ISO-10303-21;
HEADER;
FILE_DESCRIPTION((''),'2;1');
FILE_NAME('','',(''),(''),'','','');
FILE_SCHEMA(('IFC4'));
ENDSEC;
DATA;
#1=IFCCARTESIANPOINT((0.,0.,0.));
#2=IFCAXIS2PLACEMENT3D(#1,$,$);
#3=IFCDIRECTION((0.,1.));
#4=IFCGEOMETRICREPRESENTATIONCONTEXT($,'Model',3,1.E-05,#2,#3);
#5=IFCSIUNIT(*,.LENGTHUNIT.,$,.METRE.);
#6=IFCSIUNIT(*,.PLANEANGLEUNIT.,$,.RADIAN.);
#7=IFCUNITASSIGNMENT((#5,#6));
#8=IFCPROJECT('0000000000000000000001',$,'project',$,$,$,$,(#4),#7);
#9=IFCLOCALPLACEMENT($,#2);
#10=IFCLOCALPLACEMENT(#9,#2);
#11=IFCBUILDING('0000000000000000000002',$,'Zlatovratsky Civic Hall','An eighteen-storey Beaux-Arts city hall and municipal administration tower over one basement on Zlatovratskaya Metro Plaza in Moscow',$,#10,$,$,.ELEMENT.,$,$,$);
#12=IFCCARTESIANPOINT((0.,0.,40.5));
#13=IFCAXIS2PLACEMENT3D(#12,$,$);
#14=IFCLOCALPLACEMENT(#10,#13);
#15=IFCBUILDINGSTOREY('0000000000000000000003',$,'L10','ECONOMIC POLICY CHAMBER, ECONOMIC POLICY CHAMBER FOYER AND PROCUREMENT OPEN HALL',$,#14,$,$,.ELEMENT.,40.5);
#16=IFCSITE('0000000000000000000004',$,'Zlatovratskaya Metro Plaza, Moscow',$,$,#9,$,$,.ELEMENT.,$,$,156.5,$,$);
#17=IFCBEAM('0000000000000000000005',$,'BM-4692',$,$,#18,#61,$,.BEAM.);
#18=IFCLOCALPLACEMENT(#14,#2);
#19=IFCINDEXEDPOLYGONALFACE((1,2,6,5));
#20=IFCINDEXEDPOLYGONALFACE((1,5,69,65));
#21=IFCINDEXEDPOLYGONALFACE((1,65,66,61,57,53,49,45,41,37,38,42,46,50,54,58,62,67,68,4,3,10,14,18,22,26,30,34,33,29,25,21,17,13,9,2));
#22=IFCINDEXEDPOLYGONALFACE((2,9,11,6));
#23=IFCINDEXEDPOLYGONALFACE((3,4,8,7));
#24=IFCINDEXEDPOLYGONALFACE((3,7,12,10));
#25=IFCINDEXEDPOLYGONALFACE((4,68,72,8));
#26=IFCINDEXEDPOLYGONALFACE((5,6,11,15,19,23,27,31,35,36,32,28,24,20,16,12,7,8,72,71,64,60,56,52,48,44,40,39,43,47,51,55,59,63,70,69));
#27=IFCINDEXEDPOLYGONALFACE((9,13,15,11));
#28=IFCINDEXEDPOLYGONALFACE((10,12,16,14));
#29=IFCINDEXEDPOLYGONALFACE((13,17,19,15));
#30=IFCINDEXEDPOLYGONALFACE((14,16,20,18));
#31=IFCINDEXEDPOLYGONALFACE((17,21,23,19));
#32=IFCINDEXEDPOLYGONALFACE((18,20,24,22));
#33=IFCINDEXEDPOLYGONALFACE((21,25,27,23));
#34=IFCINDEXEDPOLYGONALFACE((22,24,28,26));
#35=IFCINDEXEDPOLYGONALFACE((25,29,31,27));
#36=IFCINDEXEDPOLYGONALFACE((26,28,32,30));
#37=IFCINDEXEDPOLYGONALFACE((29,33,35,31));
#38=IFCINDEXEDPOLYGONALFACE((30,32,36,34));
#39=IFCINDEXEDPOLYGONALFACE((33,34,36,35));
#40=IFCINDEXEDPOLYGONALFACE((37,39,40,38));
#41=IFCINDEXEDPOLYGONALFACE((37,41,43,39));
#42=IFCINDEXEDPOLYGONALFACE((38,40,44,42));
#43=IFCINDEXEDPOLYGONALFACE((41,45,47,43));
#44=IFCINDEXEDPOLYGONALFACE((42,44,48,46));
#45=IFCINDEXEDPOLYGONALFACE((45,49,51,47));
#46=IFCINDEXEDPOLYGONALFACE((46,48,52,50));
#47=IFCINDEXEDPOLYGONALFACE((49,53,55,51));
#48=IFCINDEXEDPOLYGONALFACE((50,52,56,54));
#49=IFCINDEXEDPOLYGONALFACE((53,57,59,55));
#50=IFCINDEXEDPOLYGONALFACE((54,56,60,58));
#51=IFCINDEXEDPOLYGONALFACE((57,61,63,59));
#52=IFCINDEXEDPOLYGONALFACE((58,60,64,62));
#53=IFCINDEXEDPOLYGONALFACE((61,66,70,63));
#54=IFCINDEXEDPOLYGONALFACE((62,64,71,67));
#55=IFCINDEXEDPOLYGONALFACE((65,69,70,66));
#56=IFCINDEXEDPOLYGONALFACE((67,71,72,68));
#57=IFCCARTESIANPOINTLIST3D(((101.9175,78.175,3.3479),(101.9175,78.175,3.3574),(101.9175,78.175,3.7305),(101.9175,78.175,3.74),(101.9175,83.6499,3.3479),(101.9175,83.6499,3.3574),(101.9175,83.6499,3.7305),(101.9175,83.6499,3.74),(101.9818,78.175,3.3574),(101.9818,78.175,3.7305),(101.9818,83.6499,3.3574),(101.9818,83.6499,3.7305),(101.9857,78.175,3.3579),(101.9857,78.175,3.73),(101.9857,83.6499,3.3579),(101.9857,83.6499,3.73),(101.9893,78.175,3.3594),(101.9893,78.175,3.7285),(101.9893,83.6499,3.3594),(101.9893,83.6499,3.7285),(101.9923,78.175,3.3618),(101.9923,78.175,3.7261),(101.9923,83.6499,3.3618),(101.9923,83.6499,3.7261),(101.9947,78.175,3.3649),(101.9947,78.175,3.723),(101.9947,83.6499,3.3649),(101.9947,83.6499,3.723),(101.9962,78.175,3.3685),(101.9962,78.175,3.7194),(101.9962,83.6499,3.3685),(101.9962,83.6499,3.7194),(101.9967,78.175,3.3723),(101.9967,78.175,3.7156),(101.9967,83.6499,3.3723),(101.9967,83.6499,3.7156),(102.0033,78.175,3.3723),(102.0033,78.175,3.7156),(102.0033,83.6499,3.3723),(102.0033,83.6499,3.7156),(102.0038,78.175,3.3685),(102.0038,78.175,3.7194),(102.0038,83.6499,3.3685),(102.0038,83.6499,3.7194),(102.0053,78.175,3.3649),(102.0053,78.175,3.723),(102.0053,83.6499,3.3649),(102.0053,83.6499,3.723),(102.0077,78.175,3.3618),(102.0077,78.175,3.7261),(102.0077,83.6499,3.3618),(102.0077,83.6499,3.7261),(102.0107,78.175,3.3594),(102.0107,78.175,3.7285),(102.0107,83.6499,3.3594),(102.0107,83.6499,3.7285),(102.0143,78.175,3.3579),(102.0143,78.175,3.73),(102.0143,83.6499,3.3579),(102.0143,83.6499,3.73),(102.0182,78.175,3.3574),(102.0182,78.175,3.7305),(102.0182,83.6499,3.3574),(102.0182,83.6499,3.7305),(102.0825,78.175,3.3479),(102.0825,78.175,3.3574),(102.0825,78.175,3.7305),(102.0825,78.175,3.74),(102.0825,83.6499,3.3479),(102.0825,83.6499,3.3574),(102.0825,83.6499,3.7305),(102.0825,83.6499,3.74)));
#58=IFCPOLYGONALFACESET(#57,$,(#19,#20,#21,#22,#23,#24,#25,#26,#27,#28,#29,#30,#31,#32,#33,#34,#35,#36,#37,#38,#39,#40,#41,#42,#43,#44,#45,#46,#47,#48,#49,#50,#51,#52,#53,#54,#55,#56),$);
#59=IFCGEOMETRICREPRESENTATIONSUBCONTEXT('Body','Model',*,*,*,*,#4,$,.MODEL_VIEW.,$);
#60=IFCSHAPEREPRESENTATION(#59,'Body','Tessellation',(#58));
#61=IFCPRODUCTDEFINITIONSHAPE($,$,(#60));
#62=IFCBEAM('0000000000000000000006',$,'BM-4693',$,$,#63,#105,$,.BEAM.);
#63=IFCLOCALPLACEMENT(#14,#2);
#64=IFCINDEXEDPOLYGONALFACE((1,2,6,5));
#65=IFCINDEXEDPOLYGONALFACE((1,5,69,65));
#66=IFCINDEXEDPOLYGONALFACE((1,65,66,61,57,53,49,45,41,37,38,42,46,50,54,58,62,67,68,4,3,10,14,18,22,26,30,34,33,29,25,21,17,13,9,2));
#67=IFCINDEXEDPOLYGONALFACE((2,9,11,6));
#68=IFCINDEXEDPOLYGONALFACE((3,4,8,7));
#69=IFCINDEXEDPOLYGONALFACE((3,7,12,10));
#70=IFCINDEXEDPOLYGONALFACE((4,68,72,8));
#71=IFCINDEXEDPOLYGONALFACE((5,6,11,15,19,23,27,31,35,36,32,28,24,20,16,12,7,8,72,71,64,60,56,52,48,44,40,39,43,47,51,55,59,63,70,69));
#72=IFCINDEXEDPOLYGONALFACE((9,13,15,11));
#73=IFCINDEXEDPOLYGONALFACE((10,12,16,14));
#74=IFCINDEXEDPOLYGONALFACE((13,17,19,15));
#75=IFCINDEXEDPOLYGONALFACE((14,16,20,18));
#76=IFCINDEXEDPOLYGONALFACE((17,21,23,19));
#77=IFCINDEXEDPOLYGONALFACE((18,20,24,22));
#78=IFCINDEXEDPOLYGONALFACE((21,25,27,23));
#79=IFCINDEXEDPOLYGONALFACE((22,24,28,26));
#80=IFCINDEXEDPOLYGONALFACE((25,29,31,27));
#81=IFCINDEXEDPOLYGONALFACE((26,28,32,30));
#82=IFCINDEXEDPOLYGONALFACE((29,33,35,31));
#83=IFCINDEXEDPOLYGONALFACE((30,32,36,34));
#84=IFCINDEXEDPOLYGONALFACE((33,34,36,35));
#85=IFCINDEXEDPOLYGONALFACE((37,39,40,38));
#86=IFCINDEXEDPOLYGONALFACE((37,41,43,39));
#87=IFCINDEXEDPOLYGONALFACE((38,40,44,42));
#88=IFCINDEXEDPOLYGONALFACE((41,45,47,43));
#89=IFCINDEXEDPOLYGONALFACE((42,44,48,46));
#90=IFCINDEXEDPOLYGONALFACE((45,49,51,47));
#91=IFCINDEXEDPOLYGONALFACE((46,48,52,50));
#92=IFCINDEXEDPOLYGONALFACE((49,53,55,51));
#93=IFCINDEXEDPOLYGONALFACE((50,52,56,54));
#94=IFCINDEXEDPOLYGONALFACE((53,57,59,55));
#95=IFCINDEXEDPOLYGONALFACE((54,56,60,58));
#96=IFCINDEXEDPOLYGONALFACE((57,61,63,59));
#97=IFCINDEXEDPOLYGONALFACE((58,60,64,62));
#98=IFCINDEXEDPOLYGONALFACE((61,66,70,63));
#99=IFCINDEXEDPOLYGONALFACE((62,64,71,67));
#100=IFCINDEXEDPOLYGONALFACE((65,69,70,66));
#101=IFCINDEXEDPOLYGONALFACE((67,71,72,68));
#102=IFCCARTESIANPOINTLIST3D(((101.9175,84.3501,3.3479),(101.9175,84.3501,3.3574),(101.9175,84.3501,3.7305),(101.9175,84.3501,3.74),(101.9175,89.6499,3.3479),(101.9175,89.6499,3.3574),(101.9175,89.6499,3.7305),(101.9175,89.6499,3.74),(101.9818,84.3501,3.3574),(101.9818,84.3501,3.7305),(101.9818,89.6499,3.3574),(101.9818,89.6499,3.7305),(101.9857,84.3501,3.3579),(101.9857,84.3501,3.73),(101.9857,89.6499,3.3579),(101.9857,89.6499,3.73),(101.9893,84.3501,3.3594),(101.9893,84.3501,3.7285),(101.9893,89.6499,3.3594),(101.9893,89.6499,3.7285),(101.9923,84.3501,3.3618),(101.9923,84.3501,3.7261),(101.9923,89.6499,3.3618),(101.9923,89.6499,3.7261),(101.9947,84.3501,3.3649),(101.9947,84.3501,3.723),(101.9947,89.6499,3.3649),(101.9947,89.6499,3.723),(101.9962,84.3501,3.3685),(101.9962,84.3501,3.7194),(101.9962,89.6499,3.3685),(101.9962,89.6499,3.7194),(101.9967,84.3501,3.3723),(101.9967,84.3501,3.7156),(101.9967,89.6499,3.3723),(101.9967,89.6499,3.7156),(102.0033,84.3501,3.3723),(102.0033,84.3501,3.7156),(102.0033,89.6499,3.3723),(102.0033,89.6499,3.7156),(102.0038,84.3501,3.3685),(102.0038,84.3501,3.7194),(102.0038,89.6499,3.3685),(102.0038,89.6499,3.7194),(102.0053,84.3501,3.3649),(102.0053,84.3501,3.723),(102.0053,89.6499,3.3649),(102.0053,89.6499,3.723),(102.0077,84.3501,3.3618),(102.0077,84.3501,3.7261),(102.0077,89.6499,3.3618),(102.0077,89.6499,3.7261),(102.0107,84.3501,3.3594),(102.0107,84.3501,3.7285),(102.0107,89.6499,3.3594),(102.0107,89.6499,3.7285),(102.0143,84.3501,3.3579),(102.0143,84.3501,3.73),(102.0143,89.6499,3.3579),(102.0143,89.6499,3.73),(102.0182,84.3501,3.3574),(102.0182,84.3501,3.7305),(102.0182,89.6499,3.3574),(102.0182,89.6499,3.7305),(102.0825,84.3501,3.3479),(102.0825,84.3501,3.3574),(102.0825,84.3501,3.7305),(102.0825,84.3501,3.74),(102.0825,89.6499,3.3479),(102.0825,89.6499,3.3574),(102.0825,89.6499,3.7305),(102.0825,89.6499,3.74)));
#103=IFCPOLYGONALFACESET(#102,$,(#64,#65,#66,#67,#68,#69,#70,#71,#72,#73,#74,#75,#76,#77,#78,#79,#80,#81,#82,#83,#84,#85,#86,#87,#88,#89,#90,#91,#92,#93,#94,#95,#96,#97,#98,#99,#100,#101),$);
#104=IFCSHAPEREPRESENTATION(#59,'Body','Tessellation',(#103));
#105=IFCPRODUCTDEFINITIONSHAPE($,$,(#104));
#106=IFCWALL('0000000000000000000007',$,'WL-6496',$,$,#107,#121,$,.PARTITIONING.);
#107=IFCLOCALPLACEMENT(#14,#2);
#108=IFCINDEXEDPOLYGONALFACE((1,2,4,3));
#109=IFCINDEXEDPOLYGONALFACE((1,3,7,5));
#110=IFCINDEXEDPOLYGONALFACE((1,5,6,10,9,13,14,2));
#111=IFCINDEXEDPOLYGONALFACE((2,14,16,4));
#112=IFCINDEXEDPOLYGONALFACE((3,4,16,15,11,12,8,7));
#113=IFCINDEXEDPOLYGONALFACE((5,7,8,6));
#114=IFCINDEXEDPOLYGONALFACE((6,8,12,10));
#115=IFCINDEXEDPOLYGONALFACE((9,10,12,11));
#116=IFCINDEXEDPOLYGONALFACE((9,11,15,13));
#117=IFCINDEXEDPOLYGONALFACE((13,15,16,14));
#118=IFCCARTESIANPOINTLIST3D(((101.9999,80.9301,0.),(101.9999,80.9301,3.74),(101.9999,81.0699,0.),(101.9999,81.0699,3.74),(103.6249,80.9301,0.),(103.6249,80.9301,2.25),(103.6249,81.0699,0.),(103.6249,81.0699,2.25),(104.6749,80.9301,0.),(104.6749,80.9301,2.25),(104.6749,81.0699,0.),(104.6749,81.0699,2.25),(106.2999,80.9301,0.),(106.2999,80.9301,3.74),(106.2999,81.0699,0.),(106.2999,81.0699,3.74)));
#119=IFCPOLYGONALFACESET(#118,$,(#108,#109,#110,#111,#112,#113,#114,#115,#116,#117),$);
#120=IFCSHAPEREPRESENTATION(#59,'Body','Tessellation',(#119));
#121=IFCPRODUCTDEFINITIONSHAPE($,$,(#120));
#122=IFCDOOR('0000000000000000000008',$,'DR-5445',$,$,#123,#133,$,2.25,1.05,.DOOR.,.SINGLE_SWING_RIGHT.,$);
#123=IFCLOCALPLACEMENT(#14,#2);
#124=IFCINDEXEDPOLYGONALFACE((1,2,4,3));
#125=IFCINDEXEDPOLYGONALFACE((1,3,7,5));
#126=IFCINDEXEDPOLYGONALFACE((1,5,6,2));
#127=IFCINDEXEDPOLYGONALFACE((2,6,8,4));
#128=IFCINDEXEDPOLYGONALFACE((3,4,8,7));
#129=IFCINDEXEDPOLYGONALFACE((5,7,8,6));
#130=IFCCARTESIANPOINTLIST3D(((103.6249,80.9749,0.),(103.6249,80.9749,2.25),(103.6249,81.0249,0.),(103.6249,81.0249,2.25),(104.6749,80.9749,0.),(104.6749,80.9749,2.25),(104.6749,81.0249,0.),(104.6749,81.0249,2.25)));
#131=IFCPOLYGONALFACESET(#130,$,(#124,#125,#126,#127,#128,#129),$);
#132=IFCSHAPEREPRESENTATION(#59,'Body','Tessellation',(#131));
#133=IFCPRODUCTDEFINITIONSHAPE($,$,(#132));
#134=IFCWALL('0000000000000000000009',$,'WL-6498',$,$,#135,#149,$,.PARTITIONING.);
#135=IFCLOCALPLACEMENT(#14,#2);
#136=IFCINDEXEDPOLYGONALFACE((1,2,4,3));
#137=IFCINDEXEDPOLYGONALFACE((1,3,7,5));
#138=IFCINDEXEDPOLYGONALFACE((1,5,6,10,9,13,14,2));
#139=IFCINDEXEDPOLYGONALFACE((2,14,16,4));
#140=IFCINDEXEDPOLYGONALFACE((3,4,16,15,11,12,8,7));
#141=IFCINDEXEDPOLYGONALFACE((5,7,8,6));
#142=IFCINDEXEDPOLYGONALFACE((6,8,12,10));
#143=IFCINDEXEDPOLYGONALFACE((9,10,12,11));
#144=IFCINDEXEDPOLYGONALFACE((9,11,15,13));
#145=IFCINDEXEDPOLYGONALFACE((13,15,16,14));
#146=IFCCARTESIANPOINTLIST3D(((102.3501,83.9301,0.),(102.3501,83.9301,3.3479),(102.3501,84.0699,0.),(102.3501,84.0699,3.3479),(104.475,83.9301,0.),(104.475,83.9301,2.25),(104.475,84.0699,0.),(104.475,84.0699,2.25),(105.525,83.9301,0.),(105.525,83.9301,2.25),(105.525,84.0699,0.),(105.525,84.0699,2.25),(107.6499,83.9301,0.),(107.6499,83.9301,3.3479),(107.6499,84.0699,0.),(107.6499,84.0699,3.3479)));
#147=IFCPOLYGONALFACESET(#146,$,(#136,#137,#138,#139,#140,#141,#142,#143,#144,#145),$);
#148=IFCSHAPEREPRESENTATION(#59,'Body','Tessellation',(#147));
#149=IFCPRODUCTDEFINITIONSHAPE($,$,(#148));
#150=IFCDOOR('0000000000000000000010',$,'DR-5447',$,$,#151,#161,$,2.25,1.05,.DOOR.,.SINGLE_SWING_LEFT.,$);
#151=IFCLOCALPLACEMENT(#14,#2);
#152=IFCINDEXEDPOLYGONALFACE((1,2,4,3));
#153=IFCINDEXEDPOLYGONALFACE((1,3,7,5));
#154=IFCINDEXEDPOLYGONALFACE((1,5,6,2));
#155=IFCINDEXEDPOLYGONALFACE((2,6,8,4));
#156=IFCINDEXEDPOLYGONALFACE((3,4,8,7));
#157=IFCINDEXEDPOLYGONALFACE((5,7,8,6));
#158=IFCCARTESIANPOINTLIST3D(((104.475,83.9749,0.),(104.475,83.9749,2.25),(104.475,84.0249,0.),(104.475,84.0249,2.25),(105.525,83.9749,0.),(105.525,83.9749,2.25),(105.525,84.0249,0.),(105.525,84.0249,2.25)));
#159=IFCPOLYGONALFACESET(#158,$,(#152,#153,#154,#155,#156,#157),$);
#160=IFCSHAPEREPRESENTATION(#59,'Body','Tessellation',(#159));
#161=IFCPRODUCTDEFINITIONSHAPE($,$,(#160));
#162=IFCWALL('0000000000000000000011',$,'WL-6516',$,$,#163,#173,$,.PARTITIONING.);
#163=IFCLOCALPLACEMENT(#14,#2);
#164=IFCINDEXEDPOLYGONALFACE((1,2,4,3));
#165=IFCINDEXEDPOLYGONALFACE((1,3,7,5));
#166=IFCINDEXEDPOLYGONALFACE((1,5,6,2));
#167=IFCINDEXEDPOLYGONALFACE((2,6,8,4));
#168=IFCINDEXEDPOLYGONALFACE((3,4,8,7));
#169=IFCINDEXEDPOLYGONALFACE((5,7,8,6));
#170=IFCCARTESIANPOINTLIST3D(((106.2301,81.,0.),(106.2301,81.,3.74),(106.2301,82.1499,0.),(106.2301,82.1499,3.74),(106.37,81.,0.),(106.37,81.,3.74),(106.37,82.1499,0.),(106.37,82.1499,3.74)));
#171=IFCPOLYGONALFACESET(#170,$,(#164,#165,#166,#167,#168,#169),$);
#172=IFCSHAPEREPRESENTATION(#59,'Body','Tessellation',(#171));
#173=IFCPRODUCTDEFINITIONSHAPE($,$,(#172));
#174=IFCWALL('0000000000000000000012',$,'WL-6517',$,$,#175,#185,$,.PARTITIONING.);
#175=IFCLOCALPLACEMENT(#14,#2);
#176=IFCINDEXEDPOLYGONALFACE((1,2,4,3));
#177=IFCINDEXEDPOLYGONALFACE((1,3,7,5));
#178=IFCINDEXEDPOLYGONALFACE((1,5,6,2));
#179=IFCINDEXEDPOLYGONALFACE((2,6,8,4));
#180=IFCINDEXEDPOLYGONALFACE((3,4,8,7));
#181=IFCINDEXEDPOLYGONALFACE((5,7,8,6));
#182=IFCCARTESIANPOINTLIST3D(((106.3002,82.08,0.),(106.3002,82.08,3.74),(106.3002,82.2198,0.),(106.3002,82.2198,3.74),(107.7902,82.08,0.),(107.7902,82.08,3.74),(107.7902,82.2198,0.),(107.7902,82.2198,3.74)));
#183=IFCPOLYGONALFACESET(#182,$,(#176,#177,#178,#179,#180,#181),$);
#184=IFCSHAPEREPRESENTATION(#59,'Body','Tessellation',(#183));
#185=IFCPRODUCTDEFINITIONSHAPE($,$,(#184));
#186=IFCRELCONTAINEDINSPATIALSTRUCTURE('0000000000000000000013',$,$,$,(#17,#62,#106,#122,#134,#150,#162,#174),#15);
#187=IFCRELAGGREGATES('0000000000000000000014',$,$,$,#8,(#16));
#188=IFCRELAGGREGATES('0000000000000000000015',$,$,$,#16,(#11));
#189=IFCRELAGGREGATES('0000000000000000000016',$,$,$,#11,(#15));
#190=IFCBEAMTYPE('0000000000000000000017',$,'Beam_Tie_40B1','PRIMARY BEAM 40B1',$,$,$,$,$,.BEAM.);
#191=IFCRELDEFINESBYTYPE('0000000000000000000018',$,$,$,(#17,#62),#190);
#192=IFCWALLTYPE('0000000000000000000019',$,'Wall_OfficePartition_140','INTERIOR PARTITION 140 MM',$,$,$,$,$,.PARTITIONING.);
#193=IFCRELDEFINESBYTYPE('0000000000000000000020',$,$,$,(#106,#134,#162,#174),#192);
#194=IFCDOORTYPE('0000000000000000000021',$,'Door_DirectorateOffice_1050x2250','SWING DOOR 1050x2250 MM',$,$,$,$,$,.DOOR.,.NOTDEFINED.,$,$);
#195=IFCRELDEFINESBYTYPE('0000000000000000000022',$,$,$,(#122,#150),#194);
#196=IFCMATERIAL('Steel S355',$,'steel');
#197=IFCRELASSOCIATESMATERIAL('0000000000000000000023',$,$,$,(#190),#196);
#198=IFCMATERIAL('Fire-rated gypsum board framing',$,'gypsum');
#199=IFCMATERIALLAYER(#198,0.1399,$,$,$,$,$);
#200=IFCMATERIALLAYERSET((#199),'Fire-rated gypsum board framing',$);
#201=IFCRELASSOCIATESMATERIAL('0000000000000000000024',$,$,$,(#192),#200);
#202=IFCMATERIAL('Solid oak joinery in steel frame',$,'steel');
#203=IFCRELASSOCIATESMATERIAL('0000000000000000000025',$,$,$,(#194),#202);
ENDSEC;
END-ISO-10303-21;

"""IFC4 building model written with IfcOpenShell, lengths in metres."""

from ifc_helpers import new_model, si_unit, direction, frame, frame_2d, origin, origin_2d, place, context, subcontext, project, spatial, rectangle, i_section, extrude, material, layer, layer_set, material_profile, profile_set, type_object, element, fill, save


model = new_model("IFC4")

# Units and contexts
model_context = context("Model", 3, precision=1e-05, world=origin(), true_north=direction((0.0, 1.0)))
body_context = subcontext(model_context, "Body", "Model", "MODEL_VIEW")
ifc_project = project(units=[si_unit("LENGTHUNIT", "METRE"), si_unit("PLANEANGLEUNIT", "RADIAN")], contexts=[model_context])

# Site, building, storey
site_placement = place(None, origin())
site = spatial("IfcSite", under=ifc_project, at=site_placement, Name="Zlatovratskaya Metro Plaza, Moscow", CompositionType="ELEMENT", RefElevation=156.5)
building_placement = place(site_placement, origin())
building = spatial("IfcBuilding", under=site, at=building_placement, Name="Zlatovratsky Civic Hall", Description="An eighteen-storey Beaux-Arts city hall and municipal administration tower over one basement on Zlatovratskaya Metro Plaza in Moscow", CompositionType="ELEMENT")
storey_placement = place(building_placement, frame((0.0, 0.0, 40.5)))
storey = spatial("IfcBuildingStorey", under=building, at=storey_placement, Name="L10", Description="ECONOMIC POLICY CHAMBER, ECONOMIC POLICY CHAMBER FOYER AND PROCUREMENT OPEN HALL", CompositionType="ELEMENT", Elevation=40.5)

# Shared definitions
ifc_material_1 = material(Name="Steel S355", Category="steel")

# Beams
ifc_material_profile_1 = material_profile(ifc_material_1, i_section(OverallWidth=0.165, OverallDepth=0.3921, WebThickness=0.0066, FlangeThickness=0.0095, FilletRadius=0.0149, at=origin_2d()), Name="40B1")
ifc_profile_set_1 = profile_set([ifc_material_profile_1], Name="Steel S355")
beam_type_1 = type_object("IfcBeamType", Name="Beam_Tie_40B1", Description="PRIMARY BEAM 40B1", PredefinedType="BEAM", material=ifc_profile_set_1)
beam_1_placement = place(storey_placement, frame((102.0, 78.175, 3.5439), z_axis=(0.0, 1.0, 0.0), x_axis=(-1.0, 0.0, 0.0)))
element("IfcBeam", 1, at=beam_1_placement, inside=storey, type_object=beam_type_1, Name="BM-4692", PredefinedType="BEAM", context=body_context, shape_type="SweptSolid", body=[
    extrude(i_section(OverallWidth=0.165, OverallDepth=0.3921, WebThickness=0.0066, FlangeThickness=0.0095, FilletRadius=0.0149, at=origin_2d()), origin(), (0.0, 0.0, 1.0), 5.4749),
])
beam_2_placement = place(storey_placement, frame((102.0, 84.3501, 3.5439), z_axis=(0.0, 1.0, 0.0), x_axis=(-1.0, 0.0, 0.0)))
element("IfcBeam", 2, at=beam_2_placement, inside=storey, type_object=beam_type_1, Name="BM-4693", PredefinedType="BEAM", context=body_context, shape_type="SweptSolid", body=[
    extrude(i_section(OverallWidth=0.165, OverallDepth=0.3921, WebThickness=0.0066, FlangeThickness=0.0095, FilletRadius=0.0149, at=origin_2d()), origin(), (0.0, 0.0, 1.0), 5.2998),
])

# Walls, openings, doors
ifc_material_2 = material(Name="Fire-rated gypsum board framing", Category="gypsum")
ifc_layer_1 = layer(ifc_material_2, 0.1399)
ifc_layer_set_1 = layer_set([ifc_layer_1], Name="Fire-rated gypsum board framing")
wall_type_1 = type_object("IfcWallType", Name="Wall_OfficePartition_140", Description="INTERIOR PARTITION 140 MM", PredefinedType="PARTITIONING", material=ifc_layer_set_1)
wall_1_placement = place(storey_placement, frame((102.0, 81.0, 0.0), z_axis=(0.0, 0.0, 1.0), x_axis=(1.0, 0.0, 0.0)))
wall_1 = element("IfcWall", 3, at=wall_1_placement, inside=storey, type_object=wall_type_1, Name="WL-6496", PredefinedType="PARTITIONING", context=body_context, shape_type="SweptSolid", body=[
    extrude(rectangle(XDim=4.3, YDim=0.1399, at=frame_2d((2.1499, 0.0))), origin(), (0.0, 0.0, 1.0), 3.74),
])
opening_1_placement = place(wall_1_placement, frame((1.625, 0.0, 0.0)))
opening_1 = element("IfcOpeningElement", 4, at=opening_1_placement, cuts=wall_1, PredefinedType="OPENING", context=body_context, shape_type="SweptSolid", body=[
    extrude(rectangle(XDim=1.05, YDim=2.25, at=frame_2d((0.5249, 1.125))), frame((0.0, 0.085, 0.0), z_axis=(0.0, -1.0, 0.0), x_axis=(1.0, 0.0, 0.0)), (0.0, 0.0, 1.0), 0.1697),
])
ifc_material_3 = material(Name="Solid oak joinery in steel frame", Category="steel")
door_type = type_object("IfcDoorType", Name="Door_DirectorateOffice_1050x2250", Description="SWING DOOR 1050x2250 MM", OperationType="NOTDEFINED", PredefinedType="DOOR", material=ifc_material_3)
door_1_placement = place(opening_1_placement, origin())
door_1 = element("IfcDoor", 5, at=door_1_placement, inside=storey, type_object=door_type, Name="DR-5445", OperationType="SINGLE_SWING_RIGHT", OverallHeight=2.25, OverallWidth=1.05, PredefinedType="DOOR", context=body_context, shape_type="SweptSolid", body=[
    extrude(rectangle(XDim=1.05, YDim=2.25, at=frame_2d((0.5249, 1.125))), frame((0.0, 0.0249, 0.0), z_axis=(0.0, -1.0, 0.0), x_axis=(1.0, 0.0, 0.0)), (0.0, 0.0, 1.0), 0.05),
])
fill(opening_1, door_1)
wall_2_placement = place(storey_placement, frame((102.3501, 84.0, 0.0), z_axis=(0.0, 0.0, 1.0), x_axis=(1.0, 0.0, 0.0)))
wall_2 = element("IfcWall", 6, at=wall_2_placement, inside=storey, type_object=wall_type_1, Name="WL-6498", PredefinedType="PARTITIONING", context=body_context, shape_type="SweptSolid", body=[
    extrude(rectangle(XDim=5.2998, YDim=0.1399, at=frame_2d((2.6499, 0.0))), origin(), (0.0, 0.0, 1.0), 3.3479),
])
opening_2_placement = place(wall_2_placement, frame((2.125, 0.0, 0.0)))
opening_2 = element("IfcOpeningElement", 7, at=opening_2_placement, cuts=wall_2, PredefinedType="OPENING", context=body_context, shape_type="SweptSolid", body=[
    extrude(rectangle(XDim=1.05, YDim=2.25, at=frame_2d((0.5249, 1.125))), frame((0.0, 0.085, 0.0), z_axis=(0.0, -1.0, 0.0), x_axis=(1.0, 0.0, 0.0)), (0.0, 0.0, 1.0), 0.1697),
])
door_2_placement = place(opening_2_placement, origin())
door_2 = element("IfcDoor", 8, at=door_2_placement, inside=storey, type_object=door_type, Name="DR-5447", OperationType="SINGLE_SWING_LEFT", OverallHeight=2.25, OverallWidth=1.05, PredefinedType="DOOR", context=body_context, shape_type="SweptSolid", body=[
    extrude(rectangle(XDim=1.05, YDim=2.25, at=frame_2d((0.5249, 1.125))), frame((0.0, 0.0249, 0.0), z_axis=(0.0, -1.0, 0.0), x_axis=(1.0, 0.0, 0.0)), (0.0, 0.0, 1.0), 0.05),
])
fill(opening_2, door_2)

# Walls
wall_3_placement = place(storey_placement, frame((106.3, 81.0, 0.0), z_axis=(0.0, 0.0, 1.0), x_axis=(0.0, 1.0, 0.0)))
element("IfcWall", 9, at=wall_3_placement, inside=storey, type_object=wall_type_1, Name="WL-6516", PredefinedType="PARTITIONING", context=body_context, shape_type="SweptSolid", body=[
    extrude(rectangle(XDim=1.1499, YDim=0.1399, at=frame_2d((0.575, 0.0))), origin(), (0.0, 0.0, 1.0), 3.74),
])
wall_4_placement = place(storey_placement, frame((106.3, 82.1499, 0.0), z_axis=(0.0, 0.0, 1.0), x_axis=(1.0, 0.0, 0.0)))
element("IfcWall", 10, at=wall_4_placement, inside=storey, type_object=wall_type_1, Name="WL-6517", PredefinedType="PARTITIONING", context=body_context, shape_type="SweptSolid", body=[
    extrude(rectangle(XDim=1.49, YDim=0.1399, at=frame_2d((0.7451, 0.0))), origin(), (0.0, 0.0, 1.0), 3.74),
])

save(model, "model.ifc")
